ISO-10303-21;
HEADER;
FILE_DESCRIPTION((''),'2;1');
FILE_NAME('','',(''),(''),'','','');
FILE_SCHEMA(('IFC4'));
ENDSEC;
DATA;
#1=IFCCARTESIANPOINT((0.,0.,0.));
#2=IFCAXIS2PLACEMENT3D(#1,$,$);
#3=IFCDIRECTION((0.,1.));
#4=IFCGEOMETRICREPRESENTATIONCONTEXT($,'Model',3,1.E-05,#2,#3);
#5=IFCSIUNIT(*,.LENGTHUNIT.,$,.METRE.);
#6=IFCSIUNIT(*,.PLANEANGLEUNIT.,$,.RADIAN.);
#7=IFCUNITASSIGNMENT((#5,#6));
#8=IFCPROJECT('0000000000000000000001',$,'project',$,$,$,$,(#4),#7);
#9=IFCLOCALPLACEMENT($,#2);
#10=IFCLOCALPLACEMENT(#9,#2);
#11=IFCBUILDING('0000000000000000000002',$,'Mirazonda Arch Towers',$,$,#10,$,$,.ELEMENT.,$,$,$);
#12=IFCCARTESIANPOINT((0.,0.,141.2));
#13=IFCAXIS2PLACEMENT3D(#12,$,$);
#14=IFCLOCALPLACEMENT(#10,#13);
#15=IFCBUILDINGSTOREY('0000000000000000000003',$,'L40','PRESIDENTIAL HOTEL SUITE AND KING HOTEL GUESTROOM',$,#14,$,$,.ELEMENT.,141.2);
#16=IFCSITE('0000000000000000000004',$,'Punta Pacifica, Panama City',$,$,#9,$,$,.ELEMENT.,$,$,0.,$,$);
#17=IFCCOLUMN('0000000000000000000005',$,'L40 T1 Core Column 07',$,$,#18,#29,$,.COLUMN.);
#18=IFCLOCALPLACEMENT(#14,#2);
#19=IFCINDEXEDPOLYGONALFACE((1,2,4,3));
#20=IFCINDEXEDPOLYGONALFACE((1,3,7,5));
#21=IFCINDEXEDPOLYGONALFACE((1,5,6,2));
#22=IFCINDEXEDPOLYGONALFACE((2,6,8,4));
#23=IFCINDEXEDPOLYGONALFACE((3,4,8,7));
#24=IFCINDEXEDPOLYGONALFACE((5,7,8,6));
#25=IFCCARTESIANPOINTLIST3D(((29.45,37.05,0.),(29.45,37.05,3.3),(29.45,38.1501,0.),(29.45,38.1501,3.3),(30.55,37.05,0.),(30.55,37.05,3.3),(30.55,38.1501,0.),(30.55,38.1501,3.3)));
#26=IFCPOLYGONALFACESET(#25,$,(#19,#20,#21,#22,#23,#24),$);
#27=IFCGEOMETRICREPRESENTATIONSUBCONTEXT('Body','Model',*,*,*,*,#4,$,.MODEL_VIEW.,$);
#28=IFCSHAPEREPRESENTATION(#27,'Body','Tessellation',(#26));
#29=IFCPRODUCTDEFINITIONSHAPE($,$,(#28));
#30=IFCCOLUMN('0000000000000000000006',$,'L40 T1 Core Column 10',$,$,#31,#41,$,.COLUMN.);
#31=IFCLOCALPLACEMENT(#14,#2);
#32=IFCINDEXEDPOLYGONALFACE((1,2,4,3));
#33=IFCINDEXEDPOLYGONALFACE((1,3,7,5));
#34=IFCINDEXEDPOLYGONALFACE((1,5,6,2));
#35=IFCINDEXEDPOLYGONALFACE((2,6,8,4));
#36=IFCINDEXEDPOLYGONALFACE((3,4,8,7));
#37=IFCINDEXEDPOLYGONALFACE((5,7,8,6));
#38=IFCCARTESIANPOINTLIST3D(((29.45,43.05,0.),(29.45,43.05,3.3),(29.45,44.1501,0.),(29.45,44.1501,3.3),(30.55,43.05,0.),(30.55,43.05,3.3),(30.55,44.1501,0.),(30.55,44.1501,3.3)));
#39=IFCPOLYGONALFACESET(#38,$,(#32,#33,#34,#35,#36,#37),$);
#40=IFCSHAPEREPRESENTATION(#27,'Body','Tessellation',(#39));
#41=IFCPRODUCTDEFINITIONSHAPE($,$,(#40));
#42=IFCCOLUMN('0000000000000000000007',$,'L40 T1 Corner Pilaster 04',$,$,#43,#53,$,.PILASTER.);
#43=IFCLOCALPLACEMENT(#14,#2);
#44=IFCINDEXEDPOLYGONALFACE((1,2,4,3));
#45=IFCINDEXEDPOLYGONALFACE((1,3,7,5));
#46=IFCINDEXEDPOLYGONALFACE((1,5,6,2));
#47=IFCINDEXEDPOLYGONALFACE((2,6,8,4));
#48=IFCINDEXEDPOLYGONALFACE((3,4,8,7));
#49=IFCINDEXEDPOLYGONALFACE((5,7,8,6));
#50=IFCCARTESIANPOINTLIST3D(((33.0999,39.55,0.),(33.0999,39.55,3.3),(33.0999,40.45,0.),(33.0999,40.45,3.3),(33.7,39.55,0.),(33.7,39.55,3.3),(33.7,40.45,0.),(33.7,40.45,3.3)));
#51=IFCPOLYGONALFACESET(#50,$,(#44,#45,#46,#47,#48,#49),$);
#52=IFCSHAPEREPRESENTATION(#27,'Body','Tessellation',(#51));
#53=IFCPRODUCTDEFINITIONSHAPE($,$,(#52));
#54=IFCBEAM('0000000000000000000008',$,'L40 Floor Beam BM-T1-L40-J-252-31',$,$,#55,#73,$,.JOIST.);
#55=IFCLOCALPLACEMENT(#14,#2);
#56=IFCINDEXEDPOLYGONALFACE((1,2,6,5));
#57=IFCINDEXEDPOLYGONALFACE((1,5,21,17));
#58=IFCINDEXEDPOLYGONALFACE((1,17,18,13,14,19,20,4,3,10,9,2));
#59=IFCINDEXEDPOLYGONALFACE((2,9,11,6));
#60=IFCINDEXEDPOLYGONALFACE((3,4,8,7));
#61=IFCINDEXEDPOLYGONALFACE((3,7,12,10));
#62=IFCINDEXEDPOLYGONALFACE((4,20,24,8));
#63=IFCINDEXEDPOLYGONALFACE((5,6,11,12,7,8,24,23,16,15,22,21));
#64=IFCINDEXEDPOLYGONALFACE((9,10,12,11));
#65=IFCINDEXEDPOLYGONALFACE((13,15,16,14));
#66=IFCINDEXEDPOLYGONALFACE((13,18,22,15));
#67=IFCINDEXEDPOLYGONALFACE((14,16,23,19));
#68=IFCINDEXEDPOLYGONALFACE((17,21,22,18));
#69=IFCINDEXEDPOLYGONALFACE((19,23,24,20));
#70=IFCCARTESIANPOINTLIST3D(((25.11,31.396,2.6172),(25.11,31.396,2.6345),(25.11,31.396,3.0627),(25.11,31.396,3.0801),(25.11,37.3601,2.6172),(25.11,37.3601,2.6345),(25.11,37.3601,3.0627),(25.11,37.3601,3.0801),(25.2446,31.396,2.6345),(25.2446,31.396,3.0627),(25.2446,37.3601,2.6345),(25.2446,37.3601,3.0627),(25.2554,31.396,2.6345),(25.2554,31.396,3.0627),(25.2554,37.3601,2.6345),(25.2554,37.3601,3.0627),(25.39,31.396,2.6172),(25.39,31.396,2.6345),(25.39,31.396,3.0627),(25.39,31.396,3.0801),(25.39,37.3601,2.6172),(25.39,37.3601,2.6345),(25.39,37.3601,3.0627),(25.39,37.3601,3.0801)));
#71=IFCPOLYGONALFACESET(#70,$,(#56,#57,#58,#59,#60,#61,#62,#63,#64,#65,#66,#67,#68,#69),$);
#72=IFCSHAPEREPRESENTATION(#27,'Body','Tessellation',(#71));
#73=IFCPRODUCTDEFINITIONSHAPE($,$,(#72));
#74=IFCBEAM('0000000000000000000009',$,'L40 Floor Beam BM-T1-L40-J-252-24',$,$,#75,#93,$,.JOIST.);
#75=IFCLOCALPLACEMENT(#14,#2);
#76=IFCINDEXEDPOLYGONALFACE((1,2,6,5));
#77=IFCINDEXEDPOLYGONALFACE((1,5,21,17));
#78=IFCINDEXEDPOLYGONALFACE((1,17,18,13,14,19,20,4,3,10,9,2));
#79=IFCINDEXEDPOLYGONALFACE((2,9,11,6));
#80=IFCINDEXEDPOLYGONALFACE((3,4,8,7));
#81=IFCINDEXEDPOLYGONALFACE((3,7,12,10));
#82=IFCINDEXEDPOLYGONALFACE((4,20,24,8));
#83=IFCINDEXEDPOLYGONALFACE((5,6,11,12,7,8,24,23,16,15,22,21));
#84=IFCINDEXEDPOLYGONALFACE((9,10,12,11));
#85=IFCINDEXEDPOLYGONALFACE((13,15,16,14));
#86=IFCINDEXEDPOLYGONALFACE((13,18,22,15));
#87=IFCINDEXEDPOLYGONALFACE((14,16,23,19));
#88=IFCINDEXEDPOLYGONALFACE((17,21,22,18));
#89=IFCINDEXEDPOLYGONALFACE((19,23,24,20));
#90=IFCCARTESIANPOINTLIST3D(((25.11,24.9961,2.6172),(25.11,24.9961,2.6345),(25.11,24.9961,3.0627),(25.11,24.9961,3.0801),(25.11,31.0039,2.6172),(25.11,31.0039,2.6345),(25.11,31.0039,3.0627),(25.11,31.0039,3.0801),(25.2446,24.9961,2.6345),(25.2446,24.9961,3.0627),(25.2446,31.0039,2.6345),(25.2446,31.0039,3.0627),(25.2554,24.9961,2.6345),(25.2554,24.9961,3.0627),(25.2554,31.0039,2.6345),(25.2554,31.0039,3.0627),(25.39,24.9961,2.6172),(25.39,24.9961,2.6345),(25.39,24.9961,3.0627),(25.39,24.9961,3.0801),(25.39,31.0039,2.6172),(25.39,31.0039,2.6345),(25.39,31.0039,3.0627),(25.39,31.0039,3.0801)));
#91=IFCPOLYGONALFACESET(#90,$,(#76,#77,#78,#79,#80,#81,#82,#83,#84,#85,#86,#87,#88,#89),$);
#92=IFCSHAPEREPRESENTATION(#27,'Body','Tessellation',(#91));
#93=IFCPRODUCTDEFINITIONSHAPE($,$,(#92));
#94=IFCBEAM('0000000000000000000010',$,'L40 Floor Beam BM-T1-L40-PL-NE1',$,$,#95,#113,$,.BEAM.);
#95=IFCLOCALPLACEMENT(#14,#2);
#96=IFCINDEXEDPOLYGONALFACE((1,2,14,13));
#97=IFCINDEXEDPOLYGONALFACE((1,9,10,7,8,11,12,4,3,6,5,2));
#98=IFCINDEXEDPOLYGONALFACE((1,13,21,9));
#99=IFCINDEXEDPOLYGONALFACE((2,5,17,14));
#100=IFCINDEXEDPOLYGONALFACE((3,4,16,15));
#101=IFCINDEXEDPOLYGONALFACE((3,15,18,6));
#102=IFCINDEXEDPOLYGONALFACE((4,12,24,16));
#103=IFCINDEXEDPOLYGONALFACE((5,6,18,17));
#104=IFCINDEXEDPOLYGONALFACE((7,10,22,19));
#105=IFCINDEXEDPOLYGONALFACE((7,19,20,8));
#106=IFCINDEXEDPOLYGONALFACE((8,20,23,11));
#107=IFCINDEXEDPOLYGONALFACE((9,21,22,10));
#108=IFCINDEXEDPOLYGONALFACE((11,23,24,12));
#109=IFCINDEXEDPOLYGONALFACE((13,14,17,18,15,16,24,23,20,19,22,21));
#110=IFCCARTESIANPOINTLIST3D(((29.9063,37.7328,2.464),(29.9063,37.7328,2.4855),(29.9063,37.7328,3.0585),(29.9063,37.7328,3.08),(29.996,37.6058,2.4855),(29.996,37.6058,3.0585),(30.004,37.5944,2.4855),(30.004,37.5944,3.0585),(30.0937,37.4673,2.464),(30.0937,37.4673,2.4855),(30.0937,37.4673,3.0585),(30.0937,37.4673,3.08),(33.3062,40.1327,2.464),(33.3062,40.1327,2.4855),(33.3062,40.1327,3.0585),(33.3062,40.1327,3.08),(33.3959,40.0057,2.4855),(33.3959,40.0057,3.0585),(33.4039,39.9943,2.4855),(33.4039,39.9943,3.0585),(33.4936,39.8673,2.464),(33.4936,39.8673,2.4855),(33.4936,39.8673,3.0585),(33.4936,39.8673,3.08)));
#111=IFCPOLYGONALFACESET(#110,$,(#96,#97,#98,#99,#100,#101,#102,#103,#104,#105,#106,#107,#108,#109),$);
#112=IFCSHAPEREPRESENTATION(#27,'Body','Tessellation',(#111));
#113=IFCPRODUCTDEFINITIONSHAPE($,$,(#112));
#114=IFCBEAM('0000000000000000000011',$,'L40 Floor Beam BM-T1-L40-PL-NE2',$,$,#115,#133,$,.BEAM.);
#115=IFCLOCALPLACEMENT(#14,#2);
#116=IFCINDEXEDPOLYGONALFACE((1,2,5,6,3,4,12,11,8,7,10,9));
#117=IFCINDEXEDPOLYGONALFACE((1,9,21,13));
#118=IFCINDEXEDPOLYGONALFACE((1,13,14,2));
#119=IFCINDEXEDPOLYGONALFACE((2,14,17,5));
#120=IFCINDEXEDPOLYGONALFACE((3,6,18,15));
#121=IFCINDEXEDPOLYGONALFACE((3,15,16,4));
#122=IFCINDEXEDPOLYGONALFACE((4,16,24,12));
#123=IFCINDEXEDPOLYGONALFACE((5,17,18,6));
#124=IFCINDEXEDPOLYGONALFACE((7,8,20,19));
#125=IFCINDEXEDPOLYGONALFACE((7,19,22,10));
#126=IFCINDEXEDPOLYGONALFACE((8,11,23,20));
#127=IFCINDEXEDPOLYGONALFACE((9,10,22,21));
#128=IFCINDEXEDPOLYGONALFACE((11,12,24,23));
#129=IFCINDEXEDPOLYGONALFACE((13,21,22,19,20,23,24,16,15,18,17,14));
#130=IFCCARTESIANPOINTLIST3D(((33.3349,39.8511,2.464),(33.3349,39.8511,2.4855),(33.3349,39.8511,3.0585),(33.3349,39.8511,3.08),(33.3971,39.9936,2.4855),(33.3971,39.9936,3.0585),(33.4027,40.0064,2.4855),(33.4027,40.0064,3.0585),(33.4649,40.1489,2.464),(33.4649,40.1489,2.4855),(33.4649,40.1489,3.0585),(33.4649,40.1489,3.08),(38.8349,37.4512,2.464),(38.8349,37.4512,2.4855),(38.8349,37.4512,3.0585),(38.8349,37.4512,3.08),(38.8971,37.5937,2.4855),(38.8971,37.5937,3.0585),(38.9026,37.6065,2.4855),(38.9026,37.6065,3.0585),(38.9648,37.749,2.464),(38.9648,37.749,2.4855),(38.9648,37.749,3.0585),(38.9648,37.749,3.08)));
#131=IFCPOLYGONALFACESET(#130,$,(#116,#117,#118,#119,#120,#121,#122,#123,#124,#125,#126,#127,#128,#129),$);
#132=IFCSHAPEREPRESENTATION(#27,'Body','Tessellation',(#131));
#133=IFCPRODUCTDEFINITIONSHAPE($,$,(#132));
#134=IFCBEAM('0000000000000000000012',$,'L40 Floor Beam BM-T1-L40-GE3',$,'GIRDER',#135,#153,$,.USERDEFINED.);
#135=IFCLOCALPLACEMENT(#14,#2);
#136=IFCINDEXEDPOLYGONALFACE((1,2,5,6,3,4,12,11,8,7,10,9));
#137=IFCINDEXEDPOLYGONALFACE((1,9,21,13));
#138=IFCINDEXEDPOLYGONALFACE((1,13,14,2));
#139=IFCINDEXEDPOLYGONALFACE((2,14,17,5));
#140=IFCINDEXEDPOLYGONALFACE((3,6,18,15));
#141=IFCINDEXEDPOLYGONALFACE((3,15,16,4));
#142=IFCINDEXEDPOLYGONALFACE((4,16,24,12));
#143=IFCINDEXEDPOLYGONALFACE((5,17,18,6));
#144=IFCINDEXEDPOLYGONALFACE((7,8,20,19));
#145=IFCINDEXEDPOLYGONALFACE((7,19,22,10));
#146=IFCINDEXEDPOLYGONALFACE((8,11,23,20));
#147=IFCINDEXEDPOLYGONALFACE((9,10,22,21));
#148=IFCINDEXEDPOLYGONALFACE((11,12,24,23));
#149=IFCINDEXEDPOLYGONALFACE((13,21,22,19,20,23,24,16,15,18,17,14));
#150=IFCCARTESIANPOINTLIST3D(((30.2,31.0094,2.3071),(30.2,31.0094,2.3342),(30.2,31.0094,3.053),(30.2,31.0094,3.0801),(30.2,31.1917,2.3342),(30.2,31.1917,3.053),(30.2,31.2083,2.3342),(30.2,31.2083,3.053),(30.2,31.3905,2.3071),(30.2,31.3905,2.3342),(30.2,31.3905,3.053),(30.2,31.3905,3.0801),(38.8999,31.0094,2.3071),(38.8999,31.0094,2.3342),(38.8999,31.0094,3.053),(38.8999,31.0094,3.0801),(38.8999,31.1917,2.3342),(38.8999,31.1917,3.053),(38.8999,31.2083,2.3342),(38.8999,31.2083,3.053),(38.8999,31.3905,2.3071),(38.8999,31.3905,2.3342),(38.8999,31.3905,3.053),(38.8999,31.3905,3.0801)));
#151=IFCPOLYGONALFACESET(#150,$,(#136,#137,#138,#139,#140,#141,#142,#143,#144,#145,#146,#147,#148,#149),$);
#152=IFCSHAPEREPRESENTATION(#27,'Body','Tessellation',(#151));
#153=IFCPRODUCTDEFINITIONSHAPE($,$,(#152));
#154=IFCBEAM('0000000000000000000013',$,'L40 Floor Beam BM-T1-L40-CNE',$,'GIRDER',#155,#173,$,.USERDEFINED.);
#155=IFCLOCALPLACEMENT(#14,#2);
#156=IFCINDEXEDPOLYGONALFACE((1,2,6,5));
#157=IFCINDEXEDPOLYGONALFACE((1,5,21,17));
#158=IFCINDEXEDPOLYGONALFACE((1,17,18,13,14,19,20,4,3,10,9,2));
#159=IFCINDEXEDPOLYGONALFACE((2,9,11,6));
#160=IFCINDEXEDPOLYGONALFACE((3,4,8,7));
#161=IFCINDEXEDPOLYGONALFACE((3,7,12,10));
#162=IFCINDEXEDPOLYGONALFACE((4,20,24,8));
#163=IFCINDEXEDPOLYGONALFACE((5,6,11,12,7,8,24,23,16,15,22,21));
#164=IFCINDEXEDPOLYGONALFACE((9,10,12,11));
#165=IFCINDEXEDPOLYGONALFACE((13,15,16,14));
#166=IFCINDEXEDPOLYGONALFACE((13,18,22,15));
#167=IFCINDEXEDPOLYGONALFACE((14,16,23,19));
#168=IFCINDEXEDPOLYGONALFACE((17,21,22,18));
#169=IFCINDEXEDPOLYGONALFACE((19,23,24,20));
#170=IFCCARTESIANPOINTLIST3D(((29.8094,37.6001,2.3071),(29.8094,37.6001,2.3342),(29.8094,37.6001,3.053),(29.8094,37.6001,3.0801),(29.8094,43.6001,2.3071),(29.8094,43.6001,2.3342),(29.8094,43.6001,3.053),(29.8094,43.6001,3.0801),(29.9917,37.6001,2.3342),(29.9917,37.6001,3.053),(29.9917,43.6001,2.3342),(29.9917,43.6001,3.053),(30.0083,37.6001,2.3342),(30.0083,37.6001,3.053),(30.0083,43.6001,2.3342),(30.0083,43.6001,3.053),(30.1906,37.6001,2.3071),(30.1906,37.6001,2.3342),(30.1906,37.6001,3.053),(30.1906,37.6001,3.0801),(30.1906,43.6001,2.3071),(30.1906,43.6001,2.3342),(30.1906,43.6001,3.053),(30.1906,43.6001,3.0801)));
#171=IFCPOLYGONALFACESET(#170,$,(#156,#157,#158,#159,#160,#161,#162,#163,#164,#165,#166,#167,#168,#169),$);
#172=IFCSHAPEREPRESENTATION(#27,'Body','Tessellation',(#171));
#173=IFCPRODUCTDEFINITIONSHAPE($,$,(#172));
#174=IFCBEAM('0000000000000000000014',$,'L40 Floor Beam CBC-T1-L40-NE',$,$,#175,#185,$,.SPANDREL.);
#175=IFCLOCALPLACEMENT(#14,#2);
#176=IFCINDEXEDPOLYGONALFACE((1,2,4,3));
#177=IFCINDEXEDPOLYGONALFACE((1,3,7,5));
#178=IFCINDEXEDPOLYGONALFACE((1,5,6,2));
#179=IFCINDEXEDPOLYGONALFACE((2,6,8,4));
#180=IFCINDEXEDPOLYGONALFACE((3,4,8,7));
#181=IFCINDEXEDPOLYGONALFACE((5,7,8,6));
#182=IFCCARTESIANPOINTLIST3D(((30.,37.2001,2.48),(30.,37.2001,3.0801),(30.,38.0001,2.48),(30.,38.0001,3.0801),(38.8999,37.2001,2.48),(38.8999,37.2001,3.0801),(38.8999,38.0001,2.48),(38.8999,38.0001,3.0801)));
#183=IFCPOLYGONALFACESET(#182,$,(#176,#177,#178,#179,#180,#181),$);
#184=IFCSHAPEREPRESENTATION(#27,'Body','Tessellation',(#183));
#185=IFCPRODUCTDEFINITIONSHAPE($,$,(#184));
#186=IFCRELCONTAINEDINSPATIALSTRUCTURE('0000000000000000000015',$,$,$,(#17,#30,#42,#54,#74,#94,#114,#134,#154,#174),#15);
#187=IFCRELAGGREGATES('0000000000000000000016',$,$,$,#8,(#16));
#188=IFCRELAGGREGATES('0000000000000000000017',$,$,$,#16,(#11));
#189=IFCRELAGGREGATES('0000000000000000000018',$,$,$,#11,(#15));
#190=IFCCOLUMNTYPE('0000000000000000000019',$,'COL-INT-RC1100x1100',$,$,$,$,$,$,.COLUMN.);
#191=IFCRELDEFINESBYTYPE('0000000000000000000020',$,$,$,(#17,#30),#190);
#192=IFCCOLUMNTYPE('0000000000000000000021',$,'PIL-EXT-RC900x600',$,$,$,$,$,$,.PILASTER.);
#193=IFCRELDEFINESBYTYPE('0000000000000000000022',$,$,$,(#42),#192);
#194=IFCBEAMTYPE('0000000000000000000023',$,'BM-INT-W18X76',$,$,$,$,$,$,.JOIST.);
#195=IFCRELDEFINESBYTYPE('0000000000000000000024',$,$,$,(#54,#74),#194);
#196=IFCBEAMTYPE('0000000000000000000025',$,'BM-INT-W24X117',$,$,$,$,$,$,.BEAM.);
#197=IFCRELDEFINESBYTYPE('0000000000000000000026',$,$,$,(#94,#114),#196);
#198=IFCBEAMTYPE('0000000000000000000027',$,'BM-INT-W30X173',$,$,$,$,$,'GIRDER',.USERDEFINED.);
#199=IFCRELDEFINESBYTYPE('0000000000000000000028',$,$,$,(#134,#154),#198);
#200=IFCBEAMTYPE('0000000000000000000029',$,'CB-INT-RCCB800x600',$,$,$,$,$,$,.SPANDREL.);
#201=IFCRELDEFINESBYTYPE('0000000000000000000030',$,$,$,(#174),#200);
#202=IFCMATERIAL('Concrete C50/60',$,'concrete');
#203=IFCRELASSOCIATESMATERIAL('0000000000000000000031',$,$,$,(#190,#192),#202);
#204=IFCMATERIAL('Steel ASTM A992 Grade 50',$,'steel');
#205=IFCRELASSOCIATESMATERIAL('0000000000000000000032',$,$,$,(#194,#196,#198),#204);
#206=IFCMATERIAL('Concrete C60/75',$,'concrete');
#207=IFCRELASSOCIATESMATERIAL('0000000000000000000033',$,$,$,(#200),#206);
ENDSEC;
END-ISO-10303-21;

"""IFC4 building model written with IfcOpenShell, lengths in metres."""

from ifc_helpers import new_model, si_unit, direction, frame, origin, origin_2d, place, context, subcontext, project, spatial, rectangle, i_section, extrude, material, material_profile, profile_set, type_object, element, save


model = new_model("IFC4")

# Units and contexts
model_context = context("Model", 3, precision=1e-05, world=origin(), true_north=direction((0.0, 1.0)))
body_context = subcontext(model_context, "Body", "Model", "MODEL_VIEW")
ifc_project = project(units=[si_unit("LENGTHUNIT", "METRE"), si_unit("PLANEANGLEUNIT", "RADIAN")], contexts=[model_context])

# Site, building, storey
site_placement = place(None, origin())
site = spatial("IfcSite", under=ifc_project, at=site_placement, Name="Punta Pacifica, Panama City", CompositionType="ELEMENT", RefElevation=0.0)
building_placement = place(site_placement, origin())
building = spatial("IfcBuilding", under=site, at=building_placement, Name="Mirazonda Arch Towers", CompositionType="ELEMENT")
storey_placement = place(building_placement, frame((0.0, 0.0, 141.2)))
storey = spatial("IfcBuildingStorey", under=building, at=storey_placement, Name="L40", Description="PRESIDENTIAL HOTEL SUITE AND KING HOTEL GUESTROOM", CompositionType="ELEMENT", Elevation=141.2)

# Columns
ifc_material_1 = material(Name="Concrete C50/60", Category="concrete")
ifc_material_profile_1 = material_profile(ifc_material_1, rectangle(XDim=1.1001, YDim=1.1001, at=origin_2d()), Name="RC1100x1100")
ifc_profile_set_1 = profile_set([ifc_material_profile_1], Name="Concrete C50/60")
column_type_1 = type_object("IfcColumnType", Name="COL-INT-RC1100x1100", PredefinedType="COLUMN", material=ifc_profile_set_1)
for number, where, z_axis, x_axis, name in (
    (1, (30.0, 37.6001, 0.0), (0.0, 0.0, 1.0), (1.0, 0.0, 0.0), "L40 T1 Core Column 07"),
    (2, (30.0, 43.6001, 0.0), (0.0, 0.0, 1.0), (1.0, 0.0, 0.0), "L40 T1 Core Column 10"),
):
    element("IfcColumn", number, at=place(storey_placement, frame(where, z_axis=z_axis, x_axis=x_axis)), inside=storey, type_object=column_type_1, Name=name, PredefinedType="COLUMN", context=body_context, shape_type="SweptSolid", body=[
        extrude(rectangle(XDim=1.1001, YDim=1.1001, at=origin_2d()), origin(), (0.0, 0.0, 1.0), 3.3),
    ])
ifc_material_profile_2 = material_profile(ifc_material_1, rectangle(XDim=0.6001, YDim=0.8999, at=origin_2d()), Name="RC900x600")
ifc_profile_set_2 = profile_set([ifc_material_profile_2], Name="Concrete C50/60")
column_type_2 = type_object("IfcColumnType", Name="PIL-EXT-RC900x600", PredefinedType="PILASTER", material=ifc_profile_set_2)
column_placement = place(storey_placement, frame((33.3999, 40.0, 0.0), z_axis=(0.0, 0.0, 1.0), x_axis=(1.0, 0.0, 0.0)))
element("IfcColumn", 3, at=column_placement, inside=storey, type_object=column_type_2, Name="L40 T1 Corner Pilaster 04", PredefinedType="PILASTER", context=body_context, shape_type="SweptSolid", body=[
    extrude(rectangle(XDim=0.6001, YDim=0.8999, at=origin_2d()), origin(), (0.0, 0.0, 1.0), 3.3),
])

# Beams
ifc_material_2 = material(Name="Steel ASTM A992 Grade 50", Category="steel")
ifc_material_profile_3 = material_profile(ifc_material_2, i_section(OverallWidth=0.28, OverallDepth=0.4629, WebThickness=0.0107, FlangeThickness=0.0173, at=origin_2d()), Name="W18X76")
ifc_profile_set_3 = profile_set([ifc_material_profile_3], Name="Steel ASTM A992 Grade 50")
beam_type_1 = type_object("IfcBeamType", Name="BM-INT-W18X76", PredefinedType="JOIST", material=ifc_profile_set_3)
beam_1_placement = place(storey_placement, frame((25.25, 31.396, 2.8486), z_axis=(0.0, 1.0, 0.0), x_axis=(-1.0, 0.0, 0.0)))
element("IfcBeam", 4, at=beam_1_placement, inside=storey, type_object=beam_type_1, Name="L40 Floor Beam BM-T1-L40-J-252-31", PredefinedType="JOIST", context=body_context, shape_type="SweptSolid", body=[
    extrude(i_section(OverallWidth=0.28, OverallDepth=0.4629, WebThickness=0.0107, FlangeThickness=0.0173, at=origin_2d()), origin(), (0.0, 0.0, 1.0), 5.9641),
])
beam_2_placement = place(storey_placement, frame((25.25, 24.9961, 2.8486), z_axis=(0.0, 1.0, 0.0), x_axis=(-1.0, 0.0, 0.0)))
element("IfcBeam", 5, at=beam_2_placement, inside=storey, type_object=beam_type_1, Name="L40 Floor Beam BM-T1-L40-J-252-24", PredefinedType="JOIST", context=body_context, shape_type="SweptSolid", body=[
    extrude(i_section(OverallWidth=0.28, OverallDepth=0.4629, WebThickness=0.0107, FlangeThickness=0.0173, at=origin_2d()), origin(), (0.0, 0.0, 1.0), 6.0078),
])
ifc_material_profile_4 = material_profile(ifc_material_2, i_section(OverallWidth=0.325, OverallDepth=0.616, WebThickness=0.0139, FlangeThickness=0.0215, at=origin_2d()), Name="W24X117")
ifc_profile_set_4 = profile_set([ifc_material_profile_4], Name="Steel ASTM A992 Grade 50")
beam_type_2 = type_object("IfcBeamType", Name="BM-INT-W24X117", PredefinedType="BEAM", material=ifc_profile_set_4)
beam_3_placement = place(storey_placement, frame((33.3999, 40.0, 2.772), z_axis=(-0.816971, -0.576679, 0.0), x_axis=(0.576679, -0.816971, 0.0)))
element("IfcBeam", 6, at=beam_3_placement, inside=storey, type_object=beam_type_2, Name="L40 Floor Beam BM-T1-L40-PL-NE1", PredefinedType="BEAM", context=body_context, shape_type="SweptSolid", body=[
    extrude(i_section(OverallWidth=0.325, OverallDepth=0.616, WebThickness=0.0139, FlangeThickness=0.0215, at=origin_2d()), origin(), (0.0, 0.0, 1.0), 4.1616),
])
beam_4_placement = place(storey_placement, frame((33.3999, 40.0, 2.772), z_axis=(0.916545, -0.399931, 0.0), x_axis=(0.399931, 0.916545, 0.0)))
element("IfcBeam", 7, at=beam_4_placement, inside=storey, type_object=beam_type_2, Name="L40 Floor Beam BM-T1-L40-PL-NE2", PredefinedType="BEAM", context=body_context, shape_type="SweptSolid", body=[
    extrude(i_section(OverallWidth=0.325, OverallDepth=0.616, WebThickness=0.0139, FlangeThickness=0.0215, at=origin_2d()), origin(), (0.0, 0.0, 1.0), 6.0007),
])
ifc_material_profile_5 = material_profile(ifc_material_2, i_section(OverallWidth=0.3811, OverallDepth=0.7729, WebThickness=0.0166, FlangeThickness=0.0271, at=origin_2d()), Name="W30X173")
ifc_profile_set_5 = profile_set([ifc_material_profile_5], Name="Steel ASTM A992 Grade 50")
beam_type_3 = type_object("IfcBeamType", Name="BM-INT-W30X173", ElementType="GIRDER", PredefinedType="USERDEFINED", material=ifc_profile_set_5)
beam_5_placement = place(storey_placement, frame((30.2, 31.2, 2.6936), z_axis=(1.0, 0.0, 0.0), x_axis=(0.0, 1.0, 0.0)))
element("IfcBeam", 8, at=beam_5_placement, inside=storey, type_object=beam_type_3, Name="L40 Floor Beam BM-T1-L40-GE3", ObjectType="GIRDER", PredefinedType="USERDEFINED", context=body_context, shape_type="SweptSolid", body=[
    extrude(i_section(OverallWidth=0.3811, OverallDepth=0.7729, WebThickness=0.0166, FlangeThickness=0.0271, at=origin_2d()), origin(), (0.0, 0.0, 1.0), 8.7),
])
beam_6_placement = place(storey_placement, frame((30.0, 37.6001, 2.6936), z_axis=(0.0, 1.0, 0.0), x_axis=(-1.0, 0.0, 0.0)))
element("IfcBeam", 9, at=beam_6_placement, inside=storey, type_object=beam_type_3, Name="L40 Floor Beam BM-T1-L40-CNE", ObjectType="GIRDER", PredefinedType="USERDEFINED", context=body_context, shape_type="SweptSolid", body=[
    extrude(i_section(OverallWidth=0.3811, OverallDepth=0.7729, WebThickness=0.0166, FlangeThickness=0.0271, at=origin_2d()), origin(), (0.0, 0.0, 1.0), 6.0),
])
ifc_material_3 = material(Name="Concrete C60/75", Category="concrete")
ifc_material_profile_6 = material_profile(ifc_material_3, rectangle(XDim=0.8, YDim=0.6001, at=origin_2d()), Name="RCCB800x600")
ifc_profile_set_6 = profile_set([ifc_material_profile_6], Name="Concrete C60/75")
beam_type_4 = type_object("IfcBeamType", Name="CB-INT-RCCB800x600", PredefinedType="SPANDREL", material=ifc_profile_set_6)
beam_7_placement = place(storey_placement, frame((30.0, 37.6001, 2.78), z_axis=(1.0, 0.0, 0.0), x_axis=(0.0, 1.0, 0.0)))
element("IfcBeam", 10, at=beam_7_placement, inside=storey, type_object=beam_type_4, Name="L40 Floor Beam CBC-T1-L40-NE", PredefinedType="SPANDREL", context=body_context, shape_type="SweptSolid", body=[
    extrude(rectangle(XDim=0.8, YDim=0.6001, at=origin_2d()), origin(), (0.0, 0.0, 1.0), 8.8999),
])

save(model, "model.ifc")
